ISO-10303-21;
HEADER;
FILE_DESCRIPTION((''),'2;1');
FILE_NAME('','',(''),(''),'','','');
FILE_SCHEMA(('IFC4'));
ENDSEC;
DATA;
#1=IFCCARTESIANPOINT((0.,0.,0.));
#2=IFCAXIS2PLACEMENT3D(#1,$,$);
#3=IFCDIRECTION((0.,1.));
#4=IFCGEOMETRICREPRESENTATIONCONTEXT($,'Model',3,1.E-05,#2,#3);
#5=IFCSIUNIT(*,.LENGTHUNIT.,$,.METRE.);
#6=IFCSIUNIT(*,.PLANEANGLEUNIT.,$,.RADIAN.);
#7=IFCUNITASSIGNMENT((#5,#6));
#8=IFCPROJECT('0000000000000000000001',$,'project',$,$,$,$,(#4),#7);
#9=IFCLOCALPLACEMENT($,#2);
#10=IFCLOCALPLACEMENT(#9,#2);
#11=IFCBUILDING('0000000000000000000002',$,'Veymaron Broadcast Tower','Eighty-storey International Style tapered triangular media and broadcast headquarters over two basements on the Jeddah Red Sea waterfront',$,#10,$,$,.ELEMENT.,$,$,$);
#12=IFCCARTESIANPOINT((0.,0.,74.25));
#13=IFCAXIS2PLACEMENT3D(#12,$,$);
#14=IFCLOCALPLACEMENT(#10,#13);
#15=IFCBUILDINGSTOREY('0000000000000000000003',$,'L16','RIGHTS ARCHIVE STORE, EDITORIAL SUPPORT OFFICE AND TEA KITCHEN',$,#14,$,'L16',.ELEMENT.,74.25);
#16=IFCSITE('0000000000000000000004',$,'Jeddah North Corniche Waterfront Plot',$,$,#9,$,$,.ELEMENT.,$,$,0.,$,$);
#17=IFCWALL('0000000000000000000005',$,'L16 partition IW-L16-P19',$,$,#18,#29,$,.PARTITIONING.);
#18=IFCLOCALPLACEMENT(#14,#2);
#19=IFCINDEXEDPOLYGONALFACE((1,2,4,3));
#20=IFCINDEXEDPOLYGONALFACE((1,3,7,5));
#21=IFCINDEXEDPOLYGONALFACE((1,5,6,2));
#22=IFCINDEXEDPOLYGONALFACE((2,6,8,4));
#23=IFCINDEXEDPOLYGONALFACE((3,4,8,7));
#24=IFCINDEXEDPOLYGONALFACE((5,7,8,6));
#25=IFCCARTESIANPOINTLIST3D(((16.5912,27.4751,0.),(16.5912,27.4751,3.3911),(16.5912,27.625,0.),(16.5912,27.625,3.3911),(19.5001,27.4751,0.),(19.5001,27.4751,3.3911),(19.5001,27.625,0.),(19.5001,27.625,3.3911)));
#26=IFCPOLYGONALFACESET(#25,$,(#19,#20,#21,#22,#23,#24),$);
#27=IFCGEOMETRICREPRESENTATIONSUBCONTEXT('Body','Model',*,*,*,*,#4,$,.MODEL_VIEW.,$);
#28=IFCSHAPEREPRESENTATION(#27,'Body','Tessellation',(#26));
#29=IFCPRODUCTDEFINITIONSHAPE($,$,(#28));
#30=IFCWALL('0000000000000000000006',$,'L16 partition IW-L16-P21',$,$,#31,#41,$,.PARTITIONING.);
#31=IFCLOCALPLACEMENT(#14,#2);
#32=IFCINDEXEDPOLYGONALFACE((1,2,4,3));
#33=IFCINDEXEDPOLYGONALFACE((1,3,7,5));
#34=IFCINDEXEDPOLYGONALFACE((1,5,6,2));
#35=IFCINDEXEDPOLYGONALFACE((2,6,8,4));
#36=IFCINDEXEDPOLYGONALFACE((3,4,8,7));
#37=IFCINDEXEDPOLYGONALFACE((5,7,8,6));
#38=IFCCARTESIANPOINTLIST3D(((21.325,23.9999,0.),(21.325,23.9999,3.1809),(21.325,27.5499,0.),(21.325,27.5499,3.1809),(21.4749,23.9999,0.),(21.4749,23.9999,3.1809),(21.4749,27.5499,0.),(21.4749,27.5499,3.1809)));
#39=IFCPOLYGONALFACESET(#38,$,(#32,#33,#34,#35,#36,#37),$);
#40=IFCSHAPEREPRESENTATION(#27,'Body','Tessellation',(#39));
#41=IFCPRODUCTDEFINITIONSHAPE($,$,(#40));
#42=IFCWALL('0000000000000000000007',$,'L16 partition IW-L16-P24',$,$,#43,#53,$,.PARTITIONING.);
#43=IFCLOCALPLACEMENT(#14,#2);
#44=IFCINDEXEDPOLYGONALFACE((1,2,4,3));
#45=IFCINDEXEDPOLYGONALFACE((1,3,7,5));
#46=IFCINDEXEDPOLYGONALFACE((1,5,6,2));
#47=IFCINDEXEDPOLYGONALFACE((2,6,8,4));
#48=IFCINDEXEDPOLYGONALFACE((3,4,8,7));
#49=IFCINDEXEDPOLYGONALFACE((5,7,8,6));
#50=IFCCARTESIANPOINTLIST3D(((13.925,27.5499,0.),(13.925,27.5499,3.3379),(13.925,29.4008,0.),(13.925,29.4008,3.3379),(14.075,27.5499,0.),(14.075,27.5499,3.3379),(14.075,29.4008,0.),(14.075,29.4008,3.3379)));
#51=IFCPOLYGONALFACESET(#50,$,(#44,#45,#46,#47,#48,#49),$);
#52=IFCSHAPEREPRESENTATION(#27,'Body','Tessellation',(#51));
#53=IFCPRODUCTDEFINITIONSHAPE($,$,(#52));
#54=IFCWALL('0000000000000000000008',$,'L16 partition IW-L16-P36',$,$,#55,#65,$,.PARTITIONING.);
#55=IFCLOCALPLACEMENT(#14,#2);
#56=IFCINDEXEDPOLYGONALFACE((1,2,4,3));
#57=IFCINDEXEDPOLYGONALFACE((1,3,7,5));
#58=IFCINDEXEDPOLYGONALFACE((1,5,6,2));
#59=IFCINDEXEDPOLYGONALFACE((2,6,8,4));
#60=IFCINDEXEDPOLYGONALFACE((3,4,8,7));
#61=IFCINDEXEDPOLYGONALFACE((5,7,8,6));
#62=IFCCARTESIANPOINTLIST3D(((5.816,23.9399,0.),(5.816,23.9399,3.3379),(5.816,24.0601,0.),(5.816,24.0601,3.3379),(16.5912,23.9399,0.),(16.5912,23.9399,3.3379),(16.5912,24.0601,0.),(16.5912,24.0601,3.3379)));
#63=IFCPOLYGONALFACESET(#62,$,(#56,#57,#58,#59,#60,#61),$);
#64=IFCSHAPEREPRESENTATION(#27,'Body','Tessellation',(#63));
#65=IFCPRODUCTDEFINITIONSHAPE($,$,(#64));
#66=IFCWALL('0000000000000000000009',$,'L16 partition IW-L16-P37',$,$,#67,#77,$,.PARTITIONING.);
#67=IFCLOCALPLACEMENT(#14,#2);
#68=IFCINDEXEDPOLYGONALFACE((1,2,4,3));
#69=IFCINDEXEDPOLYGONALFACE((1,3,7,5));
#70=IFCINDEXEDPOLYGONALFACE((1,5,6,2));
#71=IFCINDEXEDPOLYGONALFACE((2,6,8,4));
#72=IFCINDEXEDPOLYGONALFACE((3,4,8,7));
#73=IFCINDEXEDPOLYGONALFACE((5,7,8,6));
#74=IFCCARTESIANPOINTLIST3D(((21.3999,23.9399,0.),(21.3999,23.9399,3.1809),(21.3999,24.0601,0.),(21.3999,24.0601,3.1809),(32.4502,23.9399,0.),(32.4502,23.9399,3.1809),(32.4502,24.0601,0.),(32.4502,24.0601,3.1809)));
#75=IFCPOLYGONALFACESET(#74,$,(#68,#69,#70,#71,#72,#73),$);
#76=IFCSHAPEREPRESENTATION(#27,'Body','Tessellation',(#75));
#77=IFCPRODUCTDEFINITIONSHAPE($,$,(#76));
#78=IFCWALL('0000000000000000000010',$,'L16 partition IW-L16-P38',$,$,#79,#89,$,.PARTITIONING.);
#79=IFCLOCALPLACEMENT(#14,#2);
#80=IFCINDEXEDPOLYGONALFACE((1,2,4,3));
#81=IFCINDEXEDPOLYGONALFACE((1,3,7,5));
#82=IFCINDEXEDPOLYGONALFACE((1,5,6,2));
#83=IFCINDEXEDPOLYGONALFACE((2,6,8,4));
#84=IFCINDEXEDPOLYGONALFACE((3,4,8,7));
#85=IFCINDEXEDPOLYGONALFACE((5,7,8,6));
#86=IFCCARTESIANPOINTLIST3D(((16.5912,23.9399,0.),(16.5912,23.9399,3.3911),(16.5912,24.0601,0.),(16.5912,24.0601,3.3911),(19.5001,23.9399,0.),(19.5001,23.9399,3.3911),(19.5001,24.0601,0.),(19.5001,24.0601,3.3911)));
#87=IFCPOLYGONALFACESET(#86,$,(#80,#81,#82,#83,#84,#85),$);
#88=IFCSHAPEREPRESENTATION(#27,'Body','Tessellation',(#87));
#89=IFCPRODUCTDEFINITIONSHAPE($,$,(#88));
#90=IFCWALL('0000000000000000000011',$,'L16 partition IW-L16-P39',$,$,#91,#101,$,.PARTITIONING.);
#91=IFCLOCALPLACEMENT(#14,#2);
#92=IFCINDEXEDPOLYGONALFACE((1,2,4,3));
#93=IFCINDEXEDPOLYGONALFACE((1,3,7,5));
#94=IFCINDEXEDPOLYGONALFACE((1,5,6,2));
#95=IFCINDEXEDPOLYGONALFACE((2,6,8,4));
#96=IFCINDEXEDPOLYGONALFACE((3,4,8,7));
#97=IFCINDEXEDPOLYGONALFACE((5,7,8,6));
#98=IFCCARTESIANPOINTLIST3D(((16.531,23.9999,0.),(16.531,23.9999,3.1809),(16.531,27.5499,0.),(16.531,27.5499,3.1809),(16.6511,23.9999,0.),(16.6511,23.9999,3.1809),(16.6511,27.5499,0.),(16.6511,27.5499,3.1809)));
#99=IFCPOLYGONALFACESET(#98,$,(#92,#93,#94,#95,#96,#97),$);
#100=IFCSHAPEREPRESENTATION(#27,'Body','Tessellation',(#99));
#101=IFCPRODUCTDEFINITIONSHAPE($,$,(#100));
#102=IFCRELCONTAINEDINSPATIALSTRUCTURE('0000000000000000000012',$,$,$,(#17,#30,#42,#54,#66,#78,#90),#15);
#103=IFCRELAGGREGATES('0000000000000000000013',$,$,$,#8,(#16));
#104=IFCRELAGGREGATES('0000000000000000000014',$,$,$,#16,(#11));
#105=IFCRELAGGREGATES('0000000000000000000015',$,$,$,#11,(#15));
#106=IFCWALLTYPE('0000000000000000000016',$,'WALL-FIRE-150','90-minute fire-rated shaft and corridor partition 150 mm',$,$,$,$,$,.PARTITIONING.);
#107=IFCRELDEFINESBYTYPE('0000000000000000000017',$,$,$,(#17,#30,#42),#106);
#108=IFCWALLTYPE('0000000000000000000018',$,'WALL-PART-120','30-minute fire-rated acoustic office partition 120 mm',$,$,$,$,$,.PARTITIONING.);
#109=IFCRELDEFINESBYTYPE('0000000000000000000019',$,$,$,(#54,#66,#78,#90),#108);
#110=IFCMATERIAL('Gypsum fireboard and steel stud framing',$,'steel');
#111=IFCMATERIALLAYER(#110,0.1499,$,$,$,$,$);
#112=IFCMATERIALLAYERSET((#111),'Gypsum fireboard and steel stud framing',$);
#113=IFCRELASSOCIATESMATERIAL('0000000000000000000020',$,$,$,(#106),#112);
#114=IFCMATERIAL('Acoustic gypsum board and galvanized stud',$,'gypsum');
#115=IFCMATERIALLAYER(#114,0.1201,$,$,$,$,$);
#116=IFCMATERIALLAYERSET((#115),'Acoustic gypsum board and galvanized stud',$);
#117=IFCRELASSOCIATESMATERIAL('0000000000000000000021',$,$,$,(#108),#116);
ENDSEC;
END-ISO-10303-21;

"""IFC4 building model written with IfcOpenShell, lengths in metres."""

from ifc_helpers import new_model, si_unit, direction, frame, frame_2d, origin, place, context, subcontext, project, spatial, rectangle, extrude, material, layer, layer_set, type_object, element, save


model = new_model("IFC4")

# Units and contexts
model_context = context("Model", 3, precision=1e-05, world=origin(), true_north=direction((0.0, 1.0)))
body_context = subcontext(model_context, "Body", "Model", "MODEL_VIEW")
ifc_project = project(units=[si_unit("LENGTHUNIT", "METRE"), si_unit("PLANEANGLEUNIT", "RADIAN")], contexts=[model_context])

# Site, building, storey
site_placement = place(None, origin())
site = spatial("IfcSite", under=ifc_project, at=site_placement, Name="Jeddah North Corniche Waterfront Plot", CompositionType="ELEMENT", RefElevation=0.0)
building_placement = place(site_placement, origin())
building = spatial("IfcBuilding", under=site, at=building_placement, Name="Veymaron Broadcast Tower", Description="Eighty-storey International Style tapered triangular media and broadcast headquarters over two basements on the Jeddah Red Sea waterfront", CompositionType="ELEMENT")
storey_placement = place(building_placement, frame((0.0, 0.0, 74.25)))
storey = spatial("IfcBuildingStorey", under=building, at=storey_placement, Name="L16", Description="RIGHTS ARCHIVE STORE, EDITORIAL SUPPORT OFFICE AND TEA KITCHEN", LongName="L16", CompositionType="ELEMENT", Elevation=74.25)

# Shared definitions
ifc_material_1 = material(Name="Gypsum fireboard and steel stud framing", Category="steel")
ifc_layer_1 = layer(ifc_material_1, 0.1499)
ifc_layer_set_1 = layer_set([ifc_layer_1], Name="Gypsum fireboard and steel stud framing")
wall_type_1 = type_object("IfcWallType", Name="WALL-FIRE-150", Description="90-minute fire-rated shaft and corridor partition 150 mm", PredefinedType="PARTITIONING", material=ifc_layer_set_1)

# Walls
wall_1_placement = place(storey_placement, frame((16.5911, 27.55, 0.0), z_axis=(0.0, 0.0, 1.0), x_axis=(1.0, 0.0, 0.0)))
element("IfcWall", 1, at=wall_1_placement, inside=storey, type_object=wall_type_1, Name="L16 partition IW-L16-P19", PredefinedType="PARTITIONING", context=body_context, shape_type="SweptSolid", body=[
    extrude(rectangle(XDim=2.9089, YDim=0.1499, at=frame_2d((1.4546, 0.0))), origin(), (0.0, 0.0, 1.0), 3.3911),
])
wall_2_placement = place(storey_placement, frame((21.3999, 24.0, 0.0), z_axis=(0.0, 0.0, 1.0), x_axis=(0.0, 1.0, 0.0)))
element("IfcWall", 2, at=wall_2_placement, inside=storey, type_object=wall_type_1, Name="L16 partition IW-L16-P21", PredefinedType="PARTITIONING", context=body_context, shape_type="SweptSolid", body=[
    extrude(rectangle(XDim=3.55, YDim=0.1499, at=frame_2d((1.7749, 0.0))), origin(), (0.0, 0.0, 1.0), 3.1809),
])
wall_3_placement = place(storey_placement, frame((14.0, 27.55, 0.0), z_axis=(0.0, 0.0, 1.0), x_axis=(0.0, 1.0, 0.0)))
element("IfcWall", 3, at=wall_3_placement, inside=storey, type_object=wall_type_1, Name="L16 partition IW-L16-P24", PredefinedType="PARTITIONING", context=body_context, shape_type="SweptSolid", body=[
    extrude(rectangle(XDim=1.8508, YDim=0.1499, at=frame_2d((0.9253, 0.0))), origin(), (0.0, 0.0, 1.0), 3.3379),
])
ifc_material_2 = material(Name="Acoustic gypsum board and galvanized stud", Category="gypsum")
ifc_layer_2 = layer(ifc_material_2, 0.1201)
ifc_layer_set_2 = layer_set([ifc_layer_2], Name="Acoustic gypsum board and galvanized stud")
wall_type_2 = type_object("IfcWallType", Name="WALL-PART-120", Description="30-minute fire-rated acoustic office partition 120 mm", PredefinedType="PARTITIONING", material=ifc_layer_set_2)
wall_4_placement = place(storey_placement, frame((5.8159, 24.0, 0.0), z_axis=(0.0, 0.0, 1.0), x_axis=(1.0, 0.0, 0.0)))
element("IfcWall", 4, at=wall_4_placement, inside=storey, type_object=wall_type_2, Name="L16 partition IW-L16-P36", PredefinedType="PARTITIONING", context=body_context, shape_type="SweptSolid", body=[
    extrude(rectangle(XDim=10.7751, YDim=0.1201, at=frame_2d((5.3877, 0.0))), origin(), (0.0, 0.0, 1.0), 3.3379),
])
wall_5_placement = place(storey_placement, frame((21.3999, 24.0, 0.0), z_axis=(0.0, 0.0, 1.0), x_axis=(1.0, 0.0, 0.0)))
element("IfcWall", 5, at=wall_5_placement, inside=storey, type_object=wall_type_2, Name="L16 partition IW-L16-P37", PredefinedType="PARTITIONING", context=body_context, shape_type="SweptSolid", body=[
    extrude(rectangle(XDim=11.0503, YDim=0.1201, at=frame_2d((5.5251, 0.0))), origin(), (0.0, 0.0, 1.0), 3.1809),
])
wall_6_placement = place(storey_placement, frame((16.5911, 24.0, 0.0), z_axis=(0.0, 0.0, 1.0), x_axis=(1.0, 0.0, 0.0)))
element("IfcWall", 6, at=wall_6_placement, inside=storey, type_object=wall_type_2, Name="L16 partition IW-L16-P38", PredefinedType="PARTITIONING", context=body_context, shape_type="SweptSolid", body=[
    extrude(rectangle(XDim=2.9089, YDim=0.1201, at=frame_2d((1.4546, 0.0))), origin(), (0.0, 0.0, 1.0), 3.3911),
])
wall_7_placement = place(storey_placement, frame((16.5911, 24.0, 0.0), z_axis=(0.0, 0.0, 1.0), x_axis=(0.0, 1.0, 0.0)))
element("IfcWall", 7, at=wall_7_placement, inside=storey, type_object=wall_type_2, Name="L16 partition IW-L16-P39", PredefinedType="PARTITIONING", context=body_context, shape_type="SweptSolid", body=[
    extrude(rectangle(XDim=3.55, YDim=0.1201, at=frame_2d((1.7749, 0.0))), origin(), (0.0, 0.0, 1.0), 3.1809),
])

save(model, "model.ifc")
